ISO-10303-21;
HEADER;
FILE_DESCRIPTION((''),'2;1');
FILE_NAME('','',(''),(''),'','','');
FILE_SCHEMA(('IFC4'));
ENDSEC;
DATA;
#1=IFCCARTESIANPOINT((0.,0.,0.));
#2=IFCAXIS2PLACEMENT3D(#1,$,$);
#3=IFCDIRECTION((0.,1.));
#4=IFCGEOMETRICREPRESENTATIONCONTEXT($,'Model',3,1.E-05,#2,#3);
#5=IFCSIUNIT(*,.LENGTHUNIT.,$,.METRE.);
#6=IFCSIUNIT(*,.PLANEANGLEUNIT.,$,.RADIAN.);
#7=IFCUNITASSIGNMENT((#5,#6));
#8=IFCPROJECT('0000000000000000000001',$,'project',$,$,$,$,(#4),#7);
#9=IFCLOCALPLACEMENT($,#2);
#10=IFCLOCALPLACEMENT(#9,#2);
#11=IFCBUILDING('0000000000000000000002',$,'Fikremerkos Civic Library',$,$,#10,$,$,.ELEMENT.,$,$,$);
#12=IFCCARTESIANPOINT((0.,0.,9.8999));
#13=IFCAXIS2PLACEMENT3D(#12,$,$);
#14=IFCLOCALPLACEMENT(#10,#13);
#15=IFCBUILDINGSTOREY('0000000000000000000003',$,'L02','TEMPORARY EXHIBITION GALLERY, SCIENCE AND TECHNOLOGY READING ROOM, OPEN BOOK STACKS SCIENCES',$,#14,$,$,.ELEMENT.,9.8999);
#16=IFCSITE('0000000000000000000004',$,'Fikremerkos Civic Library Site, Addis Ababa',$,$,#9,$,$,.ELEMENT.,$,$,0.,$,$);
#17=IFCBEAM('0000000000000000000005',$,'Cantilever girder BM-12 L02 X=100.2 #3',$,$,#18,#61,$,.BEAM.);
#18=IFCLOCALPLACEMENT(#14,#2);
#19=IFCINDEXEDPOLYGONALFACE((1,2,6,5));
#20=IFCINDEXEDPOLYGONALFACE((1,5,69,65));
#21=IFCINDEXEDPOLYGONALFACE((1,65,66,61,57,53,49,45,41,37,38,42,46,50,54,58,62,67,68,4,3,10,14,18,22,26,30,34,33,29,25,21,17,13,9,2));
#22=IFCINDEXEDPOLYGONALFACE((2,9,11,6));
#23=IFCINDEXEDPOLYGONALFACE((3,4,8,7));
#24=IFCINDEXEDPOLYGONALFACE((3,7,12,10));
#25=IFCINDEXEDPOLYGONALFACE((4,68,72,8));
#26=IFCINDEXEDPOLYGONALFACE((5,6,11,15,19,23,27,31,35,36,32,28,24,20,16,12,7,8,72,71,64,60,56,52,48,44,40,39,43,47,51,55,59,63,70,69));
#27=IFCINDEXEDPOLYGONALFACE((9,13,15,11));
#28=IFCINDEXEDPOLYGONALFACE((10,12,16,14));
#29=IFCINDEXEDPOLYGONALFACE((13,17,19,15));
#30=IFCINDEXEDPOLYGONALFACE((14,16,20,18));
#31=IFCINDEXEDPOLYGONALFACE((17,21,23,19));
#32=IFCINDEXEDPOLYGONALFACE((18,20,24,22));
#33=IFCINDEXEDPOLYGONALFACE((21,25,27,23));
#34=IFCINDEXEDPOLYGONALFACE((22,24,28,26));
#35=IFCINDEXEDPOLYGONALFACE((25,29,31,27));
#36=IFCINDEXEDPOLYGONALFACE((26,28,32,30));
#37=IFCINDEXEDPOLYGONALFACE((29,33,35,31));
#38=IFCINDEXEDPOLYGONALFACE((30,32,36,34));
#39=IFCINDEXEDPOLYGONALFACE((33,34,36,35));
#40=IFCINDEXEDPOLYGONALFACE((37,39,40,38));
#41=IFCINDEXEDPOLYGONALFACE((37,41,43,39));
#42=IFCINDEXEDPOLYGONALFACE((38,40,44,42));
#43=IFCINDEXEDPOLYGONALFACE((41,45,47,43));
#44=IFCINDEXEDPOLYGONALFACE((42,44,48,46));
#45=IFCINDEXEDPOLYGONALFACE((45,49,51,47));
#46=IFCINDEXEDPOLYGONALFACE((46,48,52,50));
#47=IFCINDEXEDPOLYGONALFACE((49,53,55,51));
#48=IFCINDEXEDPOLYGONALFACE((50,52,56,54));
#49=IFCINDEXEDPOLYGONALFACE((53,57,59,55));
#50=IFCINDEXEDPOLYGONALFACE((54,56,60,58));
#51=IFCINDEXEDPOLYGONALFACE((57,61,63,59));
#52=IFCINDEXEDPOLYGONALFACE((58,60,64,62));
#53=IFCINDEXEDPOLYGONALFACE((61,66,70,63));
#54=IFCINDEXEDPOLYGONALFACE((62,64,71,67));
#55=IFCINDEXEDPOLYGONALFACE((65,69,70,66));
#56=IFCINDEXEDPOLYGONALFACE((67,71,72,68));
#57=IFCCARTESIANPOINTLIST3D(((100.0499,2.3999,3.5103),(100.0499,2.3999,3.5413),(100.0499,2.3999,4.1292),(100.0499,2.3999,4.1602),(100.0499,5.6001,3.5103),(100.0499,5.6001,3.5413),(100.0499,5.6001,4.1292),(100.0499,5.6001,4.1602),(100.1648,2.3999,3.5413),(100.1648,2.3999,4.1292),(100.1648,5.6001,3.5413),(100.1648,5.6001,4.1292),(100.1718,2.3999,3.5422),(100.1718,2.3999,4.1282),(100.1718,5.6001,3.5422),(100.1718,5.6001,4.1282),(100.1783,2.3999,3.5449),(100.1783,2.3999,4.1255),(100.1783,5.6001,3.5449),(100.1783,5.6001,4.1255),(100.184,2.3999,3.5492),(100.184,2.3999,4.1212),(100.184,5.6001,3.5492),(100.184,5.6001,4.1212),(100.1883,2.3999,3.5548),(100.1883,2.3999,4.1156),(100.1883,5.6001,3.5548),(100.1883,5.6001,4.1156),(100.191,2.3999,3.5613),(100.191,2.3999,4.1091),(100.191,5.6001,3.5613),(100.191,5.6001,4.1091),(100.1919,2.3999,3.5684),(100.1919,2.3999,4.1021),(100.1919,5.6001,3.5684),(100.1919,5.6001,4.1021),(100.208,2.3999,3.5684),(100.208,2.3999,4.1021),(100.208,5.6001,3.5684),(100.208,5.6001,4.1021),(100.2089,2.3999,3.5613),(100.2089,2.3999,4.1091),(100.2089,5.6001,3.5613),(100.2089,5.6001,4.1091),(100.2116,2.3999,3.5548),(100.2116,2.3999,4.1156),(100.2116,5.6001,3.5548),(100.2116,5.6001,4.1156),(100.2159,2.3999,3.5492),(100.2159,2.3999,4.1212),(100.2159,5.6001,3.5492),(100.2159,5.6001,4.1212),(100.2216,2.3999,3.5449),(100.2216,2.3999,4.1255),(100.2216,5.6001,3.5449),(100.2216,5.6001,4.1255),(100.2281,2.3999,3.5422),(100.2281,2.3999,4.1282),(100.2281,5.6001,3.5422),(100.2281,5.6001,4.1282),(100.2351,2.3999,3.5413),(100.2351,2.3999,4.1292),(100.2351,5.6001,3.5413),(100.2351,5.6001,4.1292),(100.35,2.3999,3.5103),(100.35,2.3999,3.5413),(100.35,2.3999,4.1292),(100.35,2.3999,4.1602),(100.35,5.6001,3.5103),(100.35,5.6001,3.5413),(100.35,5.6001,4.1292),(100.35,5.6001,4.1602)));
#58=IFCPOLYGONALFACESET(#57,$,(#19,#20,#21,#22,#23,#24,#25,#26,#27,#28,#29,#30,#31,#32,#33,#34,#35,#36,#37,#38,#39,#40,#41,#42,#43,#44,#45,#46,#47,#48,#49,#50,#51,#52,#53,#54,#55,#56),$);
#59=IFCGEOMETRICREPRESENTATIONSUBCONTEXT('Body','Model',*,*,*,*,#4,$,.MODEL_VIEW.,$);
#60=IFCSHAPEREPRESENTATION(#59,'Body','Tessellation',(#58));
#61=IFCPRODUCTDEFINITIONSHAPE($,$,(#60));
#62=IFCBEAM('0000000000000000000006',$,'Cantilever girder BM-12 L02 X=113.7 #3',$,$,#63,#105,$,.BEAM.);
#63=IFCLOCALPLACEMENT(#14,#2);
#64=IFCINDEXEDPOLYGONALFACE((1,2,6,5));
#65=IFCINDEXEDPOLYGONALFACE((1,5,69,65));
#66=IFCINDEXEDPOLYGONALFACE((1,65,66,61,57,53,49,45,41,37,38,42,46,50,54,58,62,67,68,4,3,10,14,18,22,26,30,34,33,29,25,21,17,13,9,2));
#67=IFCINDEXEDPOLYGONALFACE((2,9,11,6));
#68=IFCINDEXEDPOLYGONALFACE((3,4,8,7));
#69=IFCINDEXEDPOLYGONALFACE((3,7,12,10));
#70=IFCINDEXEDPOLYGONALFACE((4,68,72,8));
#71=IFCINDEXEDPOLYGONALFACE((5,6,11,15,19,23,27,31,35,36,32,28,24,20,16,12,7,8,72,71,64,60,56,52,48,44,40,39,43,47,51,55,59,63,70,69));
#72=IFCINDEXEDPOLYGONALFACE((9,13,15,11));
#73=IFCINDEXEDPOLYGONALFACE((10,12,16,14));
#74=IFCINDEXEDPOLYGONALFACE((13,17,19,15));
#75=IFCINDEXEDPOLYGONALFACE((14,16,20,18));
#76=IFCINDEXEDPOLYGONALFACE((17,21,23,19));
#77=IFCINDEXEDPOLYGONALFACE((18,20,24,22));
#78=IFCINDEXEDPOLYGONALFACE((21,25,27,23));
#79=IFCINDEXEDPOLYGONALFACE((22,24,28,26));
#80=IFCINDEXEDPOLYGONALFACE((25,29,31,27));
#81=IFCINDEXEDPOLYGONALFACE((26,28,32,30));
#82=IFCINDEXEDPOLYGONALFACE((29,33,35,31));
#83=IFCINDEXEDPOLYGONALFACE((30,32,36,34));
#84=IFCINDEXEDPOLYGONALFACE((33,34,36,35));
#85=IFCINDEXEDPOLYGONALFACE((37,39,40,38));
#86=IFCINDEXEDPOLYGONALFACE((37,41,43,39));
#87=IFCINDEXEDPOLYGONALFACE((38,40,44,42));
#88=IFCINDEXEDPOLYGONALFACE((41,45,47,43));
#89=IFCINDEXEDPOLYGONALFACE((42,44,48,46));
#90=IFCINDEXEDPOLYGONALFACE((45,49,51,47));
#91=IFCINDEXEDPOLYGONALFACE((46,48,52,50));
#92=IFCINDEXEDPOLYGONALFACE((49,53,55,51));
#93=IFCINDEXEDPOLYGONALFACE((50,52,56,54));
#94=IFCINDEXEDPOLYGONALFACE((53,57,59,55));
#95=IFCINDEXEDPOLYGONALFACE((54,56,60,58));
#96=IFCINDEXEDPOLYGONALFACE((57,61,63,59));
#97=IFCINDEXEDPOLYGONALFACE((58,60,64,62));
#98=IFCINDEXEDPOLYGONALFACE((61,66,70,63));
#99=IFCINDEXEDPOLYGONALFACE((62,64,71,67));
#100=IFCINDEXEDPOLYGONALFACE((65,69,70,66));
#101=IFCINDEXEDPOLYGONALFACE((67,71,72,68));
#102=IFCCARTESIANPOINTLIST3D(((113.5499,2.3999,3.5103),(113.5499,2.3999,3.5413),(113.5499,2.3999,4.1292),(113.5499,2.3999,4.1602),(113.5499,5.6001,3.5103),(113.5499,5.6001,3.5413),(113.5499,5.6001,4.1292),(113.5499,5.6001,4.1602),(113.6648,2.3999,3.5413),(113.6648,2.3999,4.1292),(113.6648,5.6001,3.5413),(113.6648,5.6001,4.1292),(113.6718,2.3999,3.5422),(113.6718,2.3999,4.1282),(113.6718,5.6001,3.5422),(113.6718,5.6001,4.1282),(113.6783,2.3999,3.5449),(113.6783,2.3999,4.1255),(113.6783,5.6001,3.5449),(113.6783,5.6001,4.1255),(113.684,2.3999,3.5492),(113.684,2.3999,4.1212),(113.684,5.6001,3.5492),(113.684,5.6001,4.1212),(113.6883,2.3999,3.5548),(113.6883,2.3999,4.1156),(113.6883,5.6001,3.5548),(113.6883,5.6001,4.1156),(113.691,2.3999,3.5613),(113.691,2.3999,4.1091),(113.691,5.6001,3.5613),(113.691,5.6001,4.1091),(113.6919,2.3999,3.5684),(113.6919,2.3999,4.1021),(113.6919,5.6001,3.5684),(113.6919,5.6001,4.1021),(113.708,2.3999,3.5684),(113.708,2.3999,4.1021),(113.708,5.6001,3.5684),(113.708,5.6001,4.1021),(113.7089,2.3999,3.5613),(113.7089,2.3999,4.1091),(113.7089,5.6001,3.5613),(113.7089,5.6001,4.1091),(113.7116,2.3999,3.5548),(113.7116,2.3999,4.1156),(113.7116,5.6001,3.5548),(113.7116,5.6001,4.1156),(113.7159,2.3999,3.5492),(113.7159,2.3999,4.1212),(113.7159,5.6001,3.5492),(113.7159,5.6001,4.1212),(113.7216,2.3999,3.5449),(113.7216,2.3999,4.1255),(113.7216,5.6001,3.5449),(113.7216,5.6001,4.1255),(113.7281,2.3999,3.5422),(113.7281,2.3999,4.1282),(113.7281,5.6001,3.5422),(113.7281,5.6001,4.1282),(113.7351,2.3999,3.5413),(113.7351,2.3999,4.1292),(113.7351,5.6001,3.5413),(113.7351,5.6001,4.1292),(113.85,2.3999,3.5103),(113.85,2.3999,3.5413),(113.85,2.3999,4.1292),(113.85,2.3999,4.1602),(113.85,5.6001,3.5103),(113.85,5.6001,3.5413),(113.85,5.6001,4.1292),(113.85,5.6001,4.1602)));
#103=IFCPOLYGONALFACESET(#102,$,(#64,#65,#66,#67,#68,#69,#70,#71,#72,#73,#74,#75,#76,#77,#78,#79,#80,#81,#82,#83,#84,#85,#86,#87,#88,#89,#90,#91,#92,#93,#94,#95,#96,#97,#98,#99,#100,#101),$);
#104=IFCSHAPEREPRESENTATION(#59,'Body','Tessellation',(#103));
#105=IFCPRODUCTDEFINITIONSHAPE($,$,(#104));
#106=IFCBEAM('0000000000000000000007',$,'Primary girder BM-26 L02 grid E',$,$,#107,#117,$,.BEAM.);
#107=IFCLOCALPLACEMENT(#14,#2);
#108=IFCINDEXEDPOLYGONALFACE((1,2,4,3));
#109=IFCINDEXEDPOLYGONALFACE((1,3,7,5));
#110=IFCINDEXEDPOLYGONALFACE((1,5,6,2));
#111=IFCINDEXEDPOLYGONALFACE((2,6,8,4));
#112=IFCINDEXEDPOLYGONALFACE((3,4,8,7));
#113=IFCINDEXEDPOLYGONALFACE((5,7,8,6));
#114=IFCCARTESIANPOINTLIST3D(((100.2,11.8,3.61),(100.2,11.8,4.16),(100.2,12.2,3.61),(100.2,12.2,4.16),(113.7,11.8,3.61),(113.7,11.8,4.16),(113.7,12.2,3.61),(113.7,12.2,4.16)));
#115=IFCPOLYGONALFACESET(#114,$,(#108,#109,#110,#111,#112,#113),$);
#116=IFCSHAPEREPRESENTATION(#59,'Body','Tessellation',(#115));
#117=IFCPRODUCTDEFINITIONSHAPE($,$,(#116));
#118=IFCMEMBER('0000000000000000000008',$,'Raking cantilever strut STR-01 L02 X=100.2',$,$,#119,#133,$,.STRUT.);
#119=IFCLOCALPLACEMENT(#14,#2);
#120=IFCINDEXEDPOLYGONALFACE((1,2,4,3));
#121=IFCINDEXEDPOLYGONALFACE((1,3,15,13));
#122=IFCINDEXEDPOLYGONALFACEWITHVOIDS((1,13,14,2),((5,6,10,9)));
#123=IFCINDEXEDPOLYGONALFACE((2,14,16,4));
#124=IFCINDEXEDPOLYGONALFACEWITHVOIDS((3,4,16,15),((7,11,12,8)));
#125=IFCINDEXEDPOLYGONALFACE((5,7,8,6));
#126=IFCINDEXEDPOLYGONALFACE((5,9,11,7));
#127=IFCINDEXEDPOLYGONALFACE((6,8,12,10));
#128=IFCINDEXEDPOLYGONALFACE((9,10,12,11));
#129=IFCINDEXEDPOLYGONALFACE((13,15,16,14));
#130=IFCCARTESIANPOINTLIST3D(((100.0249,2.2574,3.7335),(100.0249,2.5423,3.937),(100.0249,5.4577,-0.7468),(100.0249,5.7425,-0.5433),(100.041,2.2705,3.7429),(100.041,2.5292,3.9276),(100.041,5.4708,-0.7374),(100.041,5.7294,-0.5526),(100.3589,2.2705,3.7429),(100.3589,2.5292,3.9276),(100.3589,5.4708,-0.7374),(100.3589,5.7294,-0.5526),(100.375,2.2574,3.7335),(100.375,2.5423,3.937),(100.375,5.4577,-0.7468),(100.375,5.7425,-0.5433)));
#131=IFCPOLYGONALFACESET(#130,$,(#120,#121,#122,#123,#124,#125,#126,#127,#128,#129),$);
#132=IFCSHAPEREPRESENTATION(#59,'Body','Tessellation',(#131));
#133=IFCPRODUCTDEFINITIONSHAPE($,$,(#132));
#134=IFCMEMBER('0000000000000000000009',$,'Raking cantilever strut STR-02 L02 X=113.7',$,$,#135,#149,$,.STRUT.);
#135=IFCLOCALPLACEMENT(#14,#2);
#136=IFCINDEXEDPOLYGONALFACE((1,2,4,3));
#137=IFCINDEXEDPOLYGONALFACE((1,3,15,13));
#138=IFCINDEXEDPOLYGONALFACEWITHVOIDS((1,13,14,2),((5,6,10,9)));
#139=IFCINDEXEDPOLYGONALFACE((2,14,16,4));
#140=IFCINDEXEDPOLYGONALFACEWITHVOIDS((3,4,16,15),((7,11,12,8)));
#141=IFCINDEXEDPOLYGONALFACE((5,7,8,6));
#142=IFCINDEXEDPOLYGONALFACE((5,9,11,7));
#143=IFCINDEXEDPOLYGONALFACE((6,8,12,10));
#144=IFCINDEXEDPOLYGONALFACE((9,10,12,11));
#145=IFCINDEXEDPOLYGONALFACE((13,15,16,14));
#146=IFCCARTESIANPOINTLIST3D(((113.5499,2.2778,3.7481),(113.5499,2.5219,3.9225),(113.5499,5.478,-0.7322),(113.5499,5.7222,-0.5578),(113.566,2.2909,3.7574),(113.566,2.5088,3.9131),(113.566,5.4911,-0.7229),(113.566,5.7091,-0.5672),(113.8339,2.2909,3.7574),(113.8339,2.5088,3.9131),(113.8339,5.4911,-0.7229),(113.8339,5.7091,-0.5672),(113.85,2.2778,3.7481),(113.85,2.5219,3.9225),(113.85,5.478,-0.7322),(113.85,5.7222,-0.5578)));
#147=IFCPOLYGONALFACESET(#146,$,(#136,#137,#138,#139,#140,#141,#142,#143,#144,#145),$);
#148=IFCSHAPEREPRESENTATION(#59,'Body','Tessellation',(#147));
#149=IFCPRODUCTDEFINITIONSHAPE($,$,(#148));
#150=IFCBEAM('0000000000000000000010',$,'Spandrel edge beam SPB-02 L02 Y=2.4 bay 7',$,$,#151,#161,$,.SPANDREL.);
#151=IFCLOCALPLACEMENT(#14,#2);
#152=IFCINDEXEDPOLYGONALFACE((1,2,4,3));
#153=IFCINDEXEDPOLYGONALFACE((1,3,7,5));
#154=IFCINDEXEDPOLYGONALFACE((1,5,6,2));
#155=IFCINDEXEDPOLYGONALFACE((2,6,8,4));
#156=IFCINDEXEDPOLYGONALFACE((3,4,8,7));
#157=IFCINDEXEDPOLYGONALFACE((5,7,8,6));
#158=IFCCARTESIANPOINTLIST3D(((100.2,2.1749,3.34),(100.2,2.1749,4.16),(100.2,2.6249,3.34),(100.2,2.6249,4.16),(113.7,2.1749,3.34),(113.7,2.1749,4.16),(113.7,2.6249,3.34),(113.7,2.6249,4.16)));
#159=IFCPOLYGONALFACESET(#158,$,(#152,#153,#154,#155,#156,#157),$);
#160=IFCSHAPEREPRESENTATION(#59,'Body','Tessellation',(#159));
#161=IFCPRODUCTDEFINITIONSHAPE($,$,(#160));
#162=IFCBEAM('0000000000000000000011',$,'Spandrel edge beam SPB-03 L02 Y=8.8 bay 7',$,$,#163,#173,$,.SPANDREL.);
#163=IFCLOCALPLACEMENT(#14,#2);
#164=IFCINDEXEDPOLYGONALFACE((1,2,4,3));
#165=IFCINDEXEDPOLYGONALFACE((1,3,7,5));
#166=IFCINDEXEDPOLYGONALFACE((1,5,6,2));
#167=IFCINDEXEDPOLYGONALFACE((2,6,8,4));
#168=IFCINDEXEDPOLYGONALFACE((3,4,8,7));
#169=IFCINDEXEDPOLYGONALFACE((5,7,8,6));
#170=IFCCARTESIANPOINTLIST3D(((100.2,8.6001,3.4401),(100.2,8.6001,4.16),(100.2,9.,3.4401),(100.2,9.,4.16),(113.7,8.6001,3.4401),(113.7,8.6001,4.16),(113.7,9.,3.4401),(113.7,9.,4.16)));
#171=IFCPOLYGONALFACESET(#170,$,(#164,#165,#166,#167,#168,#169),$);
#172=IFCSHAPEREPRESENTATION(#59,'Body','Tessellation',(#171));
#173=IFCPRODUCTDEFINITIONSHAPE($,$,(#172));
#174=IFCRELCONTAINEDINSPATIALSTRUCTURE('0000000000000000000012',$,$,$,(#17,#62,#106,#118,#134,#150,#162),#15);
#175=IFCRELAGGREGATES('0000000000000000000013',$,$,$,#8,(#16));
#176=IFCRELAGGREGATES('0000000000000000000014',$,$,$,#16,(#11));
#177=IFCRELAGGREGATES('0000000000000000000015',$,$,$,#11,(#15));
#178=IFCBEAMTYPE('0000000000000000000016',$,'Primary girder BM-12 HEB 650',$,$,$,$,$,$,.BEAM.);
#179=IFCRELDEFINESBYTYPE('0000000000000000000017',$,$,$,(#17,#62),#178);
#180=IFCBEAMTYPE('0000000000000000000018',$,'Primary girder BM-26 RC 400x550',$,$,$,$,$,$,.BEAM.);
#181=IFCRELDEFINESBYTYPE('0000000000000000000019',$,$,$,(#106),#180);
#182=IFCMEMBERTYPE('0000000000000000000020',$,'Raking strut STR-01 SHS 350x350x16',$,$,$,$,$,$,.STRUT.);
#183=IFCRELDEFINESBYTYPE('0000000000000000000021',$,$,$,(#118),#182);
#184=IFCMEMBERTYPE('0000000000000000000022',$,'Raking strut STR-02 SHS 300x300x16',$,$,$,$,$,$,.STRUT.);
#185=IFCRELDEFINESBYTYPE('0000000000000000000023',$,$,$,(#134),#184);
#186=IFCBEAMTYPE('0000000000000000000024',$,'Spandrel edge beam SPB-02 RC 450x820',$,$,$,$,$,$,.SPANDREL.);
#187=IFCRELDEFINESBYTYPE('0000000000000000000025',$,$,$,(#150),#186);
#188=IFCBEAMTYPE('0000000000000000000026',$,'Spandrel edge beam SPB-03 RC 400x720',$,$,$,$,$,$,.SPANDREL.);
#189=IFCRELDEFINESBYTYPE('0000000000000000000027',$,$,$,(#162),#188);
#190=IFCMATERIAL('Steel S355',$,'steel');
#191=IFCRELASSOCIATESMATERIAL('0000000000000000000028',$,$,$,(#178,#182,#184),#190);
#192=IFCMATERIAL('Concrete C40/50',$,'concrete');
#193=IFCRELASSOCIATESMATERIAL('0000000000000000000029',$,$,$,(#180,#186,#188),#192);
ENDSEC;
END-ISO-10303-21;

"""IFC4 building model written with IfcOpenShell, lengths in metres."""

from ifc_helpers import new_model, si_unit, direction, frame, origin, origin_2d, place, context, subcontext, project, spatial, rectangle, hollow_rectangle, i_section, extrude, material, material_profile, profile_set, type_object, element, save


model = new_model("IFC4")

# Units and contexts
model_context = context("Model", 3, precision=1e-05, world=origin(), true_north=direction((0.0, 1.0)))
body_context = subcontext(model_context, "Body", "Model", "MODEL_VIEW")
ifc_project = project(units=[si_unit("LENGTHUNIT", "METRE"), si_unit("PLANEANGLEUNIT", "RADIAN")], contexts=[model_context])

# Site, building, storey
site_placement = place(None, origin())
site = spatial("IfcSite", under=ifc_project, at=site_placement, Name="Fikremerkos Civic Library Site, Addis Ababa", CompositionType="ELEMENT", RefElevation=0.0)
building_placement = place(site_placement, origin())
building = spatial("IfcBuilding", under=site, at=building_placement, Name="Fikremerkos Civic Library", CompositionType="ELEMENT")
storey_placement = place(building_placement, frame((0.0, 0.0, 9.8999)))
storey = spatial("IfcBuildingStorey", under=building, at=storey_placement, Name="L02", Description="TEMPORARY EXHIBITION GALLERY, SCIENCE AND TECHNOLOGY READING ROOM, OPEN BOOK STACKS SCIENCES", CompositionType="ELEMENT", Elevation=9.8999)

# Shared definitions
ifc_material_1 = material(Name="Concrete C40/50", Category="concrete")

# Shared definitions
ifc_material_2 = material(Name="Steel S355", Category="steel")

# Beams
ifc_material_profile_1 = material_profile(ifc_material_2, i_section(OverallWidth=0.3, OverallDepth=0.6499, WebThickness=0.0161, FlangeThickness=0.031, FilletRadius=0.0271, at=origin_2d()), Name="HEB 650")
ifc_profile_set_1 = profile_set([ifc_material_profile_1], Name="Steel S355")
beam_type_1 = type_object("IfcBeamType", Name="Primary girder BM-12 HEB 650", PredefinedType="BEAM", material=ifc_profile_set_1)
for number, where, z_axis, x_axis, name in (
    (1, (100.2, 5.6001, 3.8352), (0.0, -1.0, 0.0), (1.0, 0.0, 0.0), "Cantilever girder BM-12 L02 X=100.2 #3"),
    (2, (113.7, 5.6001, 3.8352), (0.0, -1.0, 0.0), (1.0, 0.0, 0.0), "Cantilever girder BM-12 L02 X=113.7 #3"),
):
    element("IfcBeam", number, at=place(storey_placement, frame(where, z_axis=z_axis, x_axis=x_axis)), inside=storey, type_object=beam_type_1, Name=name, PredefinedType="BEAM", context=body_context, shape_type="SweptSolid", body=[
        extrude(i_section(OverallWidth=0.3, OverallDepth=0.6499, WebThickness=0.0161, FlangeThickness=0.031, FilletRadius=0.0271, at=origin_2d()), origin(), (0.0, 0.0, 1.0), 3.2002),
    ])
ifc_material_profile_2 = material_profile(ifc_material_1, rectangle(XDim=0.3999, YDim=0.55, at=origin_2d()), Name="RC 400x550")
ifc_profile_set_2 = profile_set([ifc_material_profile_2], Name="Concrete C40/50")
beam_type_2 = type_object("IfcBeamType", Name="Primary girder BM-26 RC 400x550", PredefinedType="BEAM", material=ifc_profile_set_2)
beam_1_placement = place(storey_placement, frame((100.2, 12.0, 3.885), z_axis=(1.0, 0.0, 0.0), x_axis=(0.0, 1.0, 0.0)))
element("IfcBeam", 3, at=beam_1_placement, inside=storey, type_object=beam_type_2, Name="Primary girder BM-26 L02 grid E", PredefinedType="BEAM", context=body_context, shape_type="SweptSolid", body=[
    extrude(rectangle(XDim=0.3999, YDim=0.55, at=origin_2d()), origin(), (0.0, 0.0, 1.0), 13.5),
])

# Members
ifc_material_profile_3 = material_profile(ifc_material_2, hollow_rectangle(XDim=0.3501, YDim=0.3501, WallThickness=0.0161, at=origin_2d()), Name="SHS 350x350x16")
ifc_profile_set_3 = profile_set([ifc_material_profile_3], Name="Steel S355")
member_type_1 = type_object("IfcMemberType", Name="Raking strut STR-01 SHS 350x350x16", PredefinedType="STRUT", material=ifc_profile_set_3)
member_1_placement = place(storey_placement, frame((100.2, 5.6001, -0.645), z_axis=(0.0, -0.581242, 0.81373), x_axis=(1.0, 0.0, 0.0)))
element("IfcMember", 4, at=member_1_placement, inside=storey, type_object=member_type_1, Name="Raking cantilever strut STR-01 L02 X=100.2", PredefinedType="STRUT", context=body_context, shape_type="SweptSolid", body=[
    extrude(hollow_rectangle(XDim=0.3501, YDim=0.3501, WallThickness=0.0161, at=origin_2d()), origin(), (0.0, 0.0, 1.0), 5.5059),
])
ifc_material_profile_4 = material_profile(ifc_material_2, hollow_rectangle(XDim=0.3, YDim=0.3, WallThickness=0.0161, at=origin_2d()), Name="SHS 300x300x16")
ifc_profile_set_4 = profile_set([ifc_material_profile_4], Name="Steel S355")
member_type_2 = type_object("IfcMemberType", Name="Raking strut STR-02 SHS 300x300x16", PredefinedType="STRUT", material=ifc_profile_set_4)
member_2_placement = place(storey_placement, frame((113.7, 5.6001, -0.645), z_axis=(0.0, -0.581242, 0.81373), x_axis=(1.0, 0.0, 0.0)))
element("IfcMember", 5, at=member_2_placement, inside=storey, type_object=member_type_2, Name="Raking cantilever strut STR-02 L02 X=113.7", PredefinedType="STRUT", context=body_context, shape_type="SweptSolid", body=[
    extrude(hollow_rectangle(XDim=0.3, YDim=0.3, WallThickness=0.0161, at=origin_2d()), origin(), (0.0, 0.0, 1.0), 5.5059),
])

# Beams
ifc_material_profile_5 = material_profile(ifc_material_1, rectangle(XDim=0.45, YDim=0.8201, at=origin_2d()), Name="RC 450x820")
ifc_profile_set_5 = profile_set([ifc_material_profile_5], Name="Concrete C40/50")
beam_type_3 = type_object("IfcBeamType", Name="Spandrel edge beam SPB-02 RC 450x820", PredefinedType="SPANDREL", material=ifc_profile_set_5)
beam_2_placement = place(storey_placement, frame((100.2, 2.3999, 3.75), z_axis=(1.0, 0.0, 0.0), x_axis=(0.0, 1.0, 0.0)))
element("IfcBeam", 6, at=beam_2_placement, inside=storey, type_object=beam_type_3, Name="Spandrel edge beam SPB-02 L02 Y=2.4 bay 7", PredefinedType="SPANDREL", context=body_context, shape_type="SweptSolid", body=[
    extrude(rectangle(XDim=0.45, YDim=0.8201, at=origin_2d()), origin(), (0.0, 0.0, 1.0), 13.5),
])
ifc_material_profile_6 = material_profile(ifc_material_1, rectangle(XDim=0.3999, YDim=0.72, at=origin_2d()), Name="RC 400x720")
ifc_profile_set_6 = profile_set([ifc_material_profile_6], Name="Concrete C40/50")
beam_type_4 = type_object("IfcBeamType", Name="Spandrel edge beam SPB-03 RC 400x720", PredefinedType="SPANDREL", material=ifc_profile_set_6)
beam_3_placement = place(storey_placement, frame((100.2, 8.8, 3.8), z_axis=(1.0, 0.0, 0.0), x_axis=(0.0, 1.0, 0.0)))
element("IfcBeam", 7, at=beam_3_placement, inside=storey, type_object=beam_type_4, Name="Spandrel edge beam SPB-03 L02 Y=8.8 bay 7", PredefinedType="SPANDREL", context=body_context, shape_type="SweptSolid", body=[
    extrude(rectangle(XDim=0.3999, YDim=0.72, at=origin_2d()), origin(), (0.0, 0.0, 1.0), 13.5),
])

save(model, "model.ifc")
